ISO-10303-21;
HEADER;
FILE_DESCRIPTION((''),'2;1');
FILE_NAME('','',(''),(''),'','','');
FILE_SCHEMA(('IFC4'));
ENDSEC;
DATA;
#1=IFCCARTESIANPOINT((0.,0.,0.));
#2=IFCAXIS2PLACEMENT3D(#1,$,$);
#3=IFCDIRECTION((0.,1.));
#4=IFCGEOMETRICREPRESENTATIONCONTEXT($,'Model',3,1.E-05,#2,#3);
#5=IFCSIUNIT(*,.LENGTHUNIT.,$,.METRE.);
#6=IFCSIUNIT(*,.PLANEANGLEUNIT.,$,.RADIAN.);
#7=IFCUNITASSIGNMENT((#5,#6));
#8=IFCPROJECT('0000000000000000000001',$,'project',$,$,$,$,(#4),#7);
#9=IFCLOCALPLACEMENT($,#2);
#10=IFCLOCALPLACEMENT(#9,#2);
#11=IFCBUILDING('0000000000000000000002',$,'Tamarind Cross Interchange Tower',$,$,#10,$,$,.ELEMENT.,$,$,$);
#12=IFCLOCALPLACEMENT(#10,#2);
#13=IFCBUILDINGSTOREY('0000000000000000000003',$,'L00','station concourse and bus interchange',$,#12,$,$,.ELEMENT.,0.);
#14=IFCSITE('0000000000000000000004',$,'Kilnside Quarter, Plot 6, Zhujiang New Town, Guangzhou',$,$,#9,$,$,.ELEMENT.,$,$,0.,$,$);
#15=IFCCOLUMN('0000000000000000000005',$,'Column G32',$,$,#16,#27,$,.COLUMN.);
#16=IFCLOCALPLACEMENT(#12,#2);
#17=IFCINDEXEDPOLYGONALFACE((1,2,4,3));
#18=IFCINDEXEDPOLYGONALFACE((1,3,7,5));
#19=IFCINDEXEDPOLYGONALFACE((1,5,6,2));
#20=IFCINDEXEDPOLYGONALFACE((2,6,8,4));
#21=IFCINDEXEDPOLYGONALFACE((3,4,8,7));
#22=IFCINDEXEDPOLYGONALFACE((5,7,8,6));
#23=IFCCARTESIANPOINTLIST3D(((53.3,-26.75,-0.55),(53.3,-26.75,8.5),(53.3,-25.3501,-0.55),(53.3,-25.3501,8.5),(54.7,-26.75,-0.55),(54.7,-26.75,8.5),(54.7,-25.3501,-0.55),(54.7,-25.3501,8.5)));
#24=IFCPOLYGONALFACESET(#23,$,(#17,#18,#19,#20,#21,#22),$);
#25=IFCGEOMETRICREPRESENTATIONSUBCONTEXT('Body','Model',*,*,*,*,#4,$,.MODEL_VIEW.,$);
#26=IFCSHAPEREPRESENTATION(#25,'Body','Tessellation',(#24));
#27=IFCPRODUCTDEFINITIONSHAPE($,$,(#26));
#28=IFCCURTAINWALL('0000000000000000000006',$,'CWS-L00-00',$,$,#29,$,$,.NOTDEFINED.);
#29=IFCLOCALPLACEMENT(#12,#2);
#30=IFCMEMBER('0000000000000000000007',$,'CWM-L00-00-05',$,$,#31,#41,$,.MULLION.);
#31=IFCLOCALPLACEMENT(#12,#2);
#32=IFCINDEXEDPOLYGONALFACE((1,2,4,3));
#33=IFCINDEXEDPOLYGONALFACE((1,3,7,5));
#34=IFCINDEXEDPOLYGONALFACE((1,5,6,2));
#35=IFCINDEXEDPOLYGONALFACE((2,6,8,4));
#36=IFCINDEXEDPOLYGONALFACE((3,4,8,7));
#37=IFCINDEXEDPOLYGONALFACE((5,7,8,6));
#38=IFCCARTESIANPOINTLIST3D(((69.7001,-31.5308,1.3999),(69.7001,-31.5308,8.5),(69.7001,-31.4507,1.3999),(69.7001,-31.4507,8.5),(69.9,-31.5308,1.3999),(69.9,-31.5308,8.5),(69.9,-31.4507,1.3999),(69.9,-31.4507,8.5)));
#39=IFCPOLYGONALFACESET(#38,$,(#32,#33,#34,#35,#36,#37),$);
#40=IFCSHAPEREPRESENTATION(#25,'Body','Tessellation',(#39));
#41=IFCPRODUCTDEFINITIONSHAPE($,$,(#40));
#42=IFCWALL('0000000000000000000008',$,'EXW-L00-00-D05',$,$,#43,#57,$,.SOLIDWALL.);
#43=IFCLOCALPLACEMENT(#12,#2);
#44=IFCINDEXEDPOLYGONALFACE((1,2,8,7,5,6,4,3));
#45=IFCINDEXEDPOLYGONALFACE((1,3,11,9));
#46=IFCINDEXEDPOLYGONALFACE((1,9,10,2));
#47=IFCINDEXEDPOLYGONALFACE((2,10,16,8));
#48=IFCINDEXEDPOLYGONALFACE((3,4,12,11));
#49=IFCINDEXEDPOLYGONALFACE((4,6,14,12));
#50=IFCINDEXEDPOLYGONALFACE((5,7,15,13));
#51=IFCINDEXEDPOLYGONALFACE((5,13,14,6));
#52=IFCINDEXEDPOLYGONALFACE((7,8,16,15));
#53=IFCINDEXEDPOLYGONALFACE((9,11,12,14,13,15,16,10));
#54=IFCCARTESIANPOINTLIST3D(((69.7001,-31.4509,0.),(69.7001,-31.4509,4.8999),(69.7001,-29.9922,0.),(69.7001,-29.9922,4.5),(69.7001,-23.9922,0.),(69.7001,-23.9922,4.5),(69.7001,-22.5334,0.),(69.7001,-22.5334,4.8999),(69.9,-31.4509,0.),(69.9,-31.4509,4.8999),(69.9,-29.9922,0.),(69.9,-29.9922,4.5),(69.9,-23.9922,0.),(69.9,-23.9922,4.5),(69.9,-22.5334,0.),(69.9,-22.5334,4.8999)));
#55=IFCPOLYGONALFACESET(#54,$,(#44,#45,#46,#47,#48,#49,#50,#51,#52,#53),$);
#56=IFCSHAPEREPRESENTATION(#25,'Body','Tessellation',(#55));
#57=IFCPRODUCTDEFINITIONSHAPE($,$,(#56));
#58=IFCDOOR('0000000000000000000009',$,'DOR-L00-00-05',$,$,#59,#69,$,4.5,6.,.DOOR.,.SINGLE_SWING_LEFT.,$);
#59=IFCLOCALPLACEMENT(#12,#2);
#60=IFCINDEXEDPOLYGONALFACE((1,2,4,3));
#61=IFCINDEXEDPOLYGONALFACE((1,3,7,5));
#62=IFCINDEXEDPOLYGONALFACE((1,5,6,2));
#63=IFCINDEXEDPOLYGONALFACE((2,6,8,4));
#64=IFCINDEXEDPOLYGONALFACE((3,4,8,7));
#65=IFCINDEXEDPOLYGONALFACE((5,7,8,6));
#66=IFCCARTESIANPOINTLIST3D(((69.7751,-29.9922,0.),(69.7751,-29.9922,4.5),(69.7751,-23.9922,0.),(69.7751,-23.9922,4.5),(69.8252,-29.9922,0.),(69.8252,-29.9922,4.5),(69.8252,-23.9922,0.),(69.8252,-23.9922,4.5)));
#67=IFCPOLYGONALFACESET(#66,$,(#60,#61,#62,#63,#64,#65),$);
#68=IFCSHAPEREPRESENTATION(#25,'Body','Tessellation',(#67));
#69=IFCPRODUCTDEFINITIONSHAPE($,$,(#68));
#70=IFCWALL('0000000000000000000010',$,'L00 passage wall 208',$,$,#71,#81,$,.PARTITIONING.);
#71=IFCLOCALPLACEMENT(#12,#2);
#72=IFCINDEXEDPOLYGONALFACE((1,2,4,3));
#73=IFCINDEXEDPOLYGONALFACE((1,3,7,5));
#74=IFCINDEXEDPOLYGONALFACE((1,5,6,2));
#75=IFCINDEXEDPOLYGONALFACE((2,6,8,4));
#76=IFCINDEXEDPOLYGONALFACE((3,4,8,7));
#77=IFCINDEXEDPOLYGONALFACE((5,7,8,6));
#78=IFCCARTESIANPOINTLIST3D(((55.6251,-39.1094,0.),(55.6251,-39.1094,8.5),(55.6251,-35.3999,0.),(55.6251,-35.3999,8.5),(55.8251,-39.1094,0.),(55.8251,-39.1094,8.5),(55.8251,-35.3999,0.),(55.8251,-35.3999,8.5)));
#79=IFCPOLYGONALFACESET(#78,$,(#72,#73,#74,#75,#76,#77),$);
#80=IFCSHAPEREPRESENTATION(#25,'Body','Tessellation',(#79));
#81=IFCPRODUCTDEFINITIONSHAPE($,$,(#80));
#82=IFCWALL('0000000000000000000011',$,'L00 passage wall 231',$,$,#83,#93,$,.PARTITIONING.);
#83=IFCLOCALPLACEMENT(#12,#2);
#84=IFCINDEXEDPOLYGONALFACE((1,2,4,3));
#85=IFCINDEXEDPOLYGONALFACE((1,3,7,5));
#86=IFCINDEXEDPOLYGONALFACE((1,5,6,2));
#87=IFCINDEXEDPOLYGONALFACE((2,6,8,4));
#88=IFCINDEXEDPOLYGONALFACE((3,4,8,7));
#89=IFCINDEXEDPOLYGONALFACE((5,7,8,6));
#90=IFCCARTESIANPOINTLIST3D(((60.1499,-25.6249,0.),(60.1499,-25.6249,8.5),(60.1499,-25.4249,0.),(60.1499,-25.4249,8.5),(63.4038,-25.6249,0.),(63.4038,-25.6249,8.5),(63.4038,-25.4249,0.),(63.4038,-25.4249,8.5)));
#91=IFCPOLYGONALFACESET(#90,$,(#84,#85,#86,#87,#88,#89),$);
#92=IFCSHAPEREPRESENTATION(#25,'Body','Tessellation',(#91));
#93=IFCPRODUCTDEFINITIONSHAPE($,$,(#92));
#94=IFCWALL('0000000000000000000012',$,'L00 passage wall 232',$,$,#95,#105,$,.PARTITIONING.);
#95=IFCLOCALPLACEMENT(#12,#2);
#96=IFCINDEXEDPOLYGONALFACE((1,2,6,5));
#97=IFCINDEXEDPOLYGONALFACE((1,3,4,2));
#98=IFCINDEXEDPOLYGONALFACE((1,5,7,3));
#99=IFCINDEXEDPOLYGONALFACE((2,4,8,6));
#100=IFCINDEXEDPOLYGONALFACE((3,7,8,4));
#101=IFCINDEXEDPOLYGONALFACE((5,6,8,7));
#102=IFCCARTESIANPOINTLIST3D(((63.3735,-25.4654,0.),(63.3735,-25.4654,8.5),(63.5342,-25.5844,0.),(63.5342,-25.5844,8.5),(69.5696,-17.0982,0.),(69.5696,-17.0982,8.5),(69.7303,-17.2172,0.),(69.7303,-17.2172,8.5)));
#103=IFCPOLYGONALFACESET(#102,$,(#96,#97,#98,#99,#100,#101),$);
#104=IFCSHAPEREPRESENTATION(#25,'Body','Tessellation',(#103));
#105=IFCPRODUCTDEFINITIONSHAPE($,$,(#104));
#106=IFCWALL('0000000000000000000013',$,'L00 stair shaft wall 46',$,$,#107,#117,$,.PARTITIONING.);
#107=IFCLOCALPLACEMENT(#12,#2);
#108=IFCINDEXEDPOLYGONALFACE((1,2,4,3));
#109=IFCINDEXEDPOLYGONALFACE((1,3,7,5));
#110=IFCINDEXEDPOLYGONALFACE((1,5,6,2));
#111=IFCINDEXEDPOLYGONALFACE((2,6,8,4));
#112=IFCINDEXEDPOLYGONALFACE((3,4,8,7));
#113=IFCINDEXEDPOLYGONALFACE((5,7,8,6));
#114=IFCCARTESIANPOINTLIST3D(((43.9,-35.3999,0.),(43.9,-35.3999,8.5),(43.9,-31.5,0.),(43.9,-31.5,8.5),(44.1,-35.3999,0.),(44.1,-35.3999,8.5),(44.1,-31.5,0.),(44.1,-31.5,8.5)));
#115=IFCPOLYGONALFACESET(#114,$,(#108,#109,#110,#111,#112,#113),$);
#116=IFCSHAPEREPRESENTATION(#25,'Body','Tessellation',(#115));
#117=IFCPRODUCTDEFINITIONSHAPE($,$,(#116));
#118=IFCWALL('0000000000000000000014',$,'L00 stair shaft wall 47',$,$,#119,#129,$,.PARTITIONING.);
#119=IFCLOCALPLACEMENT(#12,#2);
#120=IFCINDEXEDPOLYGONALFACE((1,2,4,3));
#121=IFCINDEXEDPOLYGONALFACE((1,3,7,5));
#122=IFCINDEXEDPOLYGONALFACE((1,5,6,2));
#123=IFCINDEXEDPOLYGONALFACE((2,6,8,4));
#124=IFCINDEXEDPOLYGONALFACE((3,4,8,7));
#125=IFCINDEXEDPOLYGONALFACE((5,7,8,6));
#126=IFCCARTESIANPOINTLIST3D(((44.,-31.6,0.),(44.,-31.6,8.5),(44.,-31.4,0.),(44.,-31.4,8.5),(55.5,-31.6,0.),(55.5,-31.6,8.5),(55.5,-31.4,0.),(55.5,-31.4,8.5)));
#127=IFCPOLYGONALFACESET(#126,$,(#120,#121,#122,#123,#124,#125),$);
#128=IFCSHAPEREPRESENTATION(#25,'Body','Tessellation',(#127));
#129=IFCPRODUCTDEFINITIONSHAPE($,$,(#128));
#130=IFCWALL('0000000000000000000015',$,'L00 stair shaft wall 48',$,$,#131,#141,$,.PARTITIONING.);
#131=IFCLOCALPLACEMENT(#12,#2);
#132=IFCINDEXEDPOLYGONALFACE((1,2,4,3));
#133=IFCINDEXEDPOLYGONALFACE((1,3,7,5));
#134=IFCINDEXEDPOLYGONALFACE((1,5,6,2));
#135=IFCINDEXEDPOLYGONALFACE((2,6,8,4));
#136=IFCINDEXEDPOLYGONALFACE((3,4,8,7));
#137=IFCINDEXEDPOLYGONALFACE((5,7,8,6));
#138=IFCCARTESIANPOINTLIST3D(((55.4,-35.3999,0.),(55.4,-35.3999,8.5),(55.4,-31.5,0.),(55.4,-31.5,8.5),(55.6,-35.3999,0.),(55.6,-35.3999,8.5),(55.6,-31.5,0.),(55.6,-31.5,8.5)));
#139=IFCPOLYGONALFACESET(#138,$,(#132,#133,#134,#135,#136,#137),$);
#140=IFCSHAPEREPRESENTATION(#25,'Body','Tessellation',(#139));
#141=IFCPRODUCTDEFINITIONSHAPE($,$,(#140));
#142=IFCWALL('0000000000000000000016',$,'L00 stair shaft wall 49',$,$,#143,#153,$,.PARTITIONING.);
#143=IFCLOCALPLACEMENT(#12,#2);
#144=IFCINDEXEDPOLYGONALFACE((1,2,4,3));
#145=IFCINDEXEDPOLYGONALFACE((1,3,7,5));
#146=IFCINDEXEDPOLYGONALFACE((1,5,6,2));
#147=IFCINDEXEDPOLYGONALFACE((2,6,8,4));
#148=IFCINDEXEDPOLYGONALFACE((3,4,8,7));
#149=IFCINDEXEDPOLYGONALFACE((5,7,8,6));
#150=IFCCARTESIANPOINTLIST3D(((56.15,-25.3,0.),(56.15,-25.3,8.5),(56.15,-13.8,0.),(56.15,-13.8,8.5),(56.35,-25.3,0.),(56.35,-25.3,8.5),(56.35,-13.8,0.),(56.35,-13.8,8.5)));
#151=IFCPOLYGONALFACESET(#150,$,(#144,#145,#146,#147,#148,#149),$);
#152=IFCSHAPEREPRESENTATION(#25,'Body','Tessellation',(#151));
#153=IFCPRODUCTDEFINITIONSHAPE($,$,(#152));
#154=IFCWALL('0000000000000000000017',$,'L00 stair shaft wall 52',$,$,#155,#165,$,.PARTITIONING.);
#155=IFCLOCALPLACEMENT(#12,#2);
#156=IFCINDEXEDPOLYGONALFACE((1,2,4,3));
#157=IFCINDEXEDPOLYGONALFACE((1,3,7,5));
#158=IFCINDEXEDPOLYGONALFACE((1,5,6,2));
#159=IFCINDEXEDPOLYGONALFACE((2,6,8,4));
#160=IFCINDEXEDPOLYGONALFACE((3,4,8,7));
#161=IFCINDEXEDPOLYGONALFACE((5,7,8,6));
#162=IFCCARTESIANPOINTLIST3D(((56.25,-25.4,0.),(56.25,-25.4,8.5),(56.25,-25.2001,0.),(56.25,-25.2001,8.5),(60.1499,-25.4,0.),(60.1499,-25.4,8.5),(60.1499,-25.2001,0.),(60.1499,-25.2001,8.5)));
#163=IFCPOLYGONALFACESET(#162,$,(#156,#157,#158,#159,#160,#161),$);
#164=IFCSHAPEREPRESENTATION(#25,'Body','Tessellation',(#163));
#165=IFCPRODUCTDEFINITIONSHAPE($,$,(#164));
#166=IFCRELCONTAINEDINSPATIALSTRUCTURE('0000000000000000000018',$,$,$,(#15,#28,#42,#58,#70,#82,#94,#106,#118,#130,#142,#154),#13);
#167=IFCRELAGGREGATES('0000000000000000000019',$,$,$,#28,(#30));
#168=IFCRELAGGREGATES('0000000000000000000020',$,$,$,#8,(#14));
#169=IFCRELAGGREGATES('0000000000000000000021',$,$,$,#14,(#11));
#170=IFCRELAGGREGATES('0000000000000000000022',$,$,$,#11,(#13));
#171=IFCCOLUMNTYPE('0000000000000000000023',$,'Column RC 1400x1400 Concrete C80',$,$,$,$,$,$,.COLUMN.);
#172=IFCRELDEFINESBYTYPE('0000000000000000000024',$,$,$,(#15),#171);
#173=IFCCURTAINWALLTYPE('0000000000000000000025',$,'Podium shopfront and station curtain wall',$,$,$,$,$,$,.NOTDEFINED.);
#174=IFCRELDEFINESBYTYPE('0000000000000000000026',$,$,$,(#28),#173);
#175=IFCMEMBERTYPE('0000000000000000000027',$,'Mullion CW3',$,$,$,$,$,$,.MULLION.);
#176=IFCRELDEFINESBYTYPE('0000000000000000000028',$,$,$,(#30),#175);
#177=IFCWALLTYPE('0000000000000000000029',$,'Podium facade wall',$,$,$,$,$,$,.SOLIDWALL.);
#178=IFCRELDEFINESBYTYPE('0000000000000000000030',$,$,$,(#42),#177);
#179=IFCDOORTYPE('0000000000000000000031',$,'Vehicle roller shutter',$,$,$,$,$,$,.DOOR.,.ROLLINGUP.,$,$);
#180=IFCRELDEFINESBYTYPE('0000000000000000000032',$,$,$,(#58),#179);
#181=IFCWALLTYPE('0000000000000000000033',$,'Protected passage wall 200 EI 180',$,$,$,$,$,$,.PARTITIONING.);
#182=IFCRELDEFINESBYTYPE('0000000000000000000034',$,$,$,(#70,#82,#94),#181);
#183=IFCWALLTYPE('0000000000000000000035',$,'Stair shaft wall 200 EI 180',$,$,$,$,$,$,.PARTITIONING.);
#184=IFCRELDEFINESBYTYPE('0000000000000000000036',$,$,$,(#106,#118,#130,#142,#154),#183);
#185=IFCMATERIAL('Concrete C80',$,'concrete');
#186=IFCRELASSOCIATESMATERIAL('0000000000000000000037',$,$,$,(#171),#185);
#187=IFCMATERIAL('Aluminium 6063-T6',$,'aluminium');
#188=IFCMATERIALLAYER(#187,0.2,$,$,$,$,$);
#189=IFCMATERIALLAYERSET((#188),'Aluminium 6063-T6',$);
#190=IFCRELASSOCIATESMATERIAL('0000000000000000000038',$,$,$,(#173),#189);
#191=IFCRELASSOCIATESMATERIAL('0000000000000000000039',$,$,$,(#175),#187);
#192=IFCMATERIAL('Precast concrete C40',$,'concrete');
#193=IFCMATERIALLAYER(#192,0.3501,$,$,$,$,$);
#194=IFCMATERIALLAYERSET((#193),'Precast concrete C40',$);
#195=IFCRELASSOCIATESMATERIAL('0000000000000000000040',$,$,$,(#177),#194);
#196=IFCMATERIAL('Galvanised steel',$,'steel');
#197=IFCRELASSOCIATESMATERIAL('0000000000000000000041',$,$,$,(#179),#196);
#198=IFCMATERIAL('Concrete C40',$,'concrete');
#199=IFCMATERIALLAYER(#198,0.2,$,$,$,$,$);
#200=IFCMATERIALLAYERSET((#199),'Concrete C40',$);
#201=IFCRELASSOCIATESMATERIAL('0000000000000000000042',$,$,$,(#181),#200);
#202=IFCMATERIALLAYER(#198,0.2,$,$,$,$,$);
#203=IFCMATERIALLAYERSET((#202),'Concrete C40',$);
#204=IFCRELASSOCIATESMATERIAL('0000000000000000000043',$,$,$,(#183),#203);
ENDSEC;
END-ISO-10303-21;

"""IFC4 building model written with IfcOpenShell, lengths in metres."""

from ifc_helpers import new_model, si_unit, direction, frame, frame_2d, origin, origin_2d, place, context, subcontext, project, spatial, rectangle, extrude, material, layer, layer_set, material_profile, profile_set, type_object, element, fill, aggregate, save


model = new_model("IFC4")

# Units and contexts
model_context = context("Model", 3, precision=1e-05, world=origin(), true_north=direction((0.0, 1.0)))
body_context = subcontext(model_context, "Body", "Model", "MODEL_VIEW")
ifc_project = project(units=[si_unit("LENGTHUNIT", "METRE"), si_unit("PLANEANGLEUNIT", "RADIAN")], contexts=[model_context])

# Site, building, storey
site_placement = place(None, origin())
site = spatial("IfcSite", under=ifc_project, at=site_placement, Name="Kilnside Quarter, Plot 6, Zhujiang New Town, Guangzhou", CompositionType="ELEMENT", RefElevation=0.0)
building_placement = place(site_placement, origin())
building = spatial("IfcBuilding", under=site, at=building_placement, Name="Tamarind Cross Interchange Tower", CompositionType="ELEMENT")
storey_placement = place(building_placement, origin())
storey = spatial("IfcBuildingStorey", under=building, at=storey_placement, Name="L00", Description="station concourse and bus interchange", CompositionType="ELEMENT", Elevation=0.0)

# Column
ifc_material_1 = material(Name="Concrete C80", Category="concrete")
ifc_material_profile_1 = material_profile(ifc_material_1, rectangle(XDim=1.3999, YDim=1.3999, at=origin_2d()), Name="RC 1400x1400")
ifc_profile_set_1 = profile_set([ifc_material_profile_1], Name="Concrete C80")
column_type = type_object("IfcColumnType", Name="Column RC 1400x1400 Concrete C80", PredefinedType="COLUMN", material=ifc_profile_set_1)
column_placement = place(storey_placement, frame((54.0, -26.05, -0.55), z_axis=(0.0, 0.0, 1.0), x_axis=(1.0, 0.0, 0.0)))
element("IfcColumn", 1, at=column_placement, inside=storey, type_object=column_type, Name="Column G32", PredefinedType="COLUMN", context=body_context, shape_type="SweptSolid", body=[
    extrude(rectangle(XDim=1.3999, YDim=1.3999, at=origin_2d()), origin(), (0.0, 0.0, 1.0), 9.05),
])

# Curtain wall, member
ifc_material_2 = material(Name="Aluminium 6063-T6", Category="aluminium")
ifc_layer_1 = layer(ifc_material_2, 0.2)
ifc_layer_set_1 = layer_set([ifc_layer_1], Name="Aluminium 6063-T6")
curtain_wall_type = type_object("IfcCurtainWallType", Name="Podium shopfront and station curtain wall", PredefinedType="NOTDEFINED", material=ifc_layer_set_1)
curtain_wall_placement = place(storey_placement, origin())
curtain_wall = element("IfcCurtainWall", 2, at=curtain_wall_placement, inside=storey, type_object=curtain_wall_type, Name="CWS-L00-00", PredefinedType="NOTDEFINED")
ifc_material_profile_2 = material_profile(ifc_material_2, rectangle(XDim=0.0801, YDim=0.2, at=origin_2d()), Name="Mullion CW3")
ifc_profile_set_2 = profile_set([ifc_material_profile_2], Name="Aluminium 6063-T6")
member_type = type_object("IfcMemberType", Name="Mullion CW3", PredefinedType="MULLION", material=ifc_profile_set_2)
member_placement = place(storey_placement, frame((69.8, -31.4907, 1.3999), z_axis=(0.0, 0.0, 1.0), x_axis=(0.0, 1.0, 0.0)))
member = element("IfcMember", 3, at=member_placement, type_object=member_type, Name="CWM-L00-00-05", PredefinedType="MULLION", context=body_context, shape_type="SweptSolid", body=[
    extrude(rectangle(XDim=0.0801, YDim=0.2, at=origin_2d()), origin(), (0.0, 0.0, 1.0), 7.1001),
])
aggregate(curtain_wall, [member])

# Wall, opening, door
ifc_material_3 = material(Name="Precast concrete C40", Category="concrete")
ifc_layer_2 = layer(ifc_material_3, 0.3501)
ifc_layer_set_2 = layer_set([ifc_layer_2], Name="Precast concrete C40")
wall_type_1 = type_object("IfcWallType", Name="Podium facade wall", PredefinedType="SOLIDWALL", material=ifc_layer_set_2)
wall_1_placement = place(storey_placement, frame((69.8, -31.4509, 0.0), z_axis=(0.0, 0.0, 1.0), x_axis=(0.0, 1.0, 0.0)))
wall_1 = element("IfcWall", 4, at=wall_1_placement, inside=storey, type_object=wall_type_1, Name="EXW-L00-00-D05", PredefinedType="SOLIDWALL", context=body_context, shape_type="SweptSolid", body=[
    extrude(rectangle(XDim=8.9175, YDim=0.2, at=frame_2d((4.4587, 0.0))), origin(), (0.0, 0.0, 1.0), 4.8999),
])
opening_placement = place(wall_1_placement, frame((1.4587, 0.0, 0.0)))
opening = element("IfcOpeningElement", 5, at=opening_placement, cuts=wall_1, PredefinedType="OPENING", context=body_context, shape_type="SweptSolid", body=[
    extrude(rectangle(XDim=6.0, YDim=4.5, at=frame_2d((3.0, 2.25))), frame((0.0, 0.1099, 0.0), z_axis=(0.0, -1.0, 0.0), x_axis=(1.0, 0.0, 0.0)), (0.0, 0.0, 1.0), 0.22),
])
ifc_material_4 = material(Name="Galvanised steel", Category="steel")
door_type = type_object("IfcDoorType", Name="Vehicle roller shutter", OperationType="ROLLINGUP", PredefinedType="DOOR", material=ifc_material_4)
door_placement = place(opening_placement, origin())
door = element("IfcDoor", 6, at=door_placement, inside=storey, type_object=door_type, Name="DOR-L00-00-05", OperationType="SINGLE_SWING_LEFT", OverallHeight=4.5, OverallWidth=6.0, PredefinedType="DOOR", context=body_context, shape_type="SweptSolid", body=[
    extrude(rectangle(XDim=6.0, YDim=4.5, at=frame_2d((3.0, 2.25))), frame((0.0, 0.0249, 0.0), z_axis=(0.0, -1.0, 0.0), x_axis=(1.0, 0.0, 0.0)), (0.0, 0.0, 1.0), 0.05),
])
fill(opening, door)

# Walls
ifc_material_5 = material(Name="Concrete C40", Category="concrete")
ifc_layer_3 = layer(ifc_material_5, 0.2)
ifc_layer_set_3 = layer_set([ifc_layer_3], Name="Concrete C40")
wall_type_2 = type_object("IfcWallType", Name="Protected passage wall 200 EI 180", PredefinedType="PARTITIONING", material=ifc_layer_set_3)
wall_2_placement = place(storey_placement, frame((55.7251, -35.3999, 0.0), z_axis=(0.0, 0.0, 1.0), x_axis=(0.0, -1.0, 0.0)))
element("IfcWall", 7, at=wall_2_placement, inside=storey, type_object=wall_type_2, Name="L00 passage wall 208", PredefinedType="PARTITIONING", context=body_context, shape_type="SweptSolid", body=[
    extrude(rectangle(XDim=3.7095, YDim=0.2, at=frame_2d((1.8547, 0.0))), origin(), (0.0, 0.0, 1.0), 8.5),
])
wall_3_placement = place(storey_placement, frame((60.1499, -25.5249, 0.0), z_axis=(0.0, 0.0, 1.0), x_axis=(1.0, 0.0, 0.0)))
element("IfcWall", 8, at=wall_3_placement, inside=storey, type_object=wall_type_2, Name="L00 passage wall 231", PredefinedType="PARTITIONING", context=body_context, shape_type="SweptSolid", body=[
    extrude(rectangle(XDim=3.2539, YDim=0.2, at=frame_2d((1.627, 0.0))), origin(), (0.0, 0.0, 1.0), 8.5),
])
wall_4_placement = place(storey_placement, frame((63.4539, -25.5249, 0.0), z_axis=(0.0, 0.0, 1.0), x_axis=(0.595111, 0.803643, 0.0)))
element("IfcWall", 9, at=wall_4_placement, inside=storey, type_object=wall_type_2, Name="L00 passage wall 232", PredefinedType="PARTITIONING", context=body_context, shape_type="SweptSolid", body=[
    extrude(rectangle(XDim=10.4116, YDim=0.2, at=frame_2d((5.2058, 0.0))), origin(), (0.0, 0.0, 1.0), 8.5),
])
ifc_layer_4 = layer(ifc_material_5, 0.2)
ifc_layer_set_4 = layer_set([ifc_layer_4], Name="Concrete C40")
wall_type_3 = type_object("IfcWallType", Name="Stair shaft wall 200 EI 180", PredefinedType="PARTITIONING", material=ifc_layer_set_4)
wall_5_placement = place(storey_placement, frame((44.0, -35.3999, 0.0), z_axis=(0.0, 0.0, 1.0), x_axis=(0.0, 1.0, 0.0)))
element("IfcWall", 10, at=wall_5_placement, inside=storey, type_object=wall_type_3, Name="L00 stair shaft wall 46", PredefinedType="PARTITIONING", context=body_context, shape_type="SweptSolid", body=[
    extrude(rectangle(XDim=3.8999, YDim=0.2, at=frame_2d((1.95, 0.0))), origin(), (0.0, 0.0, 1.0), 8.5),
])
wall_6_placement = place(storey_placement, frame((44.0, -31.5, 0.0), z_axis=(0.0, 0.0, 1.0), x_axis=(1.0, 0.0, 0.0)))
element("IfcWall", 11, at=wall_6_placement, inside=storey, type_object=wall_type_3, Name="L00 stair shaft wall 47", PredefinedType="PARTITIONING", context=body_context, shape_type="SweptSolid", body=[
    extrude(rectangle(XDim=11.5, YDim=0.2, at=frame_2d((5.75, 0.0))), origin(), (0.0, 0.0, 1.0), 8.5),
])
wall_7_placement = place(storey_placement, frame((55.5, -35.3999, 0.0), z_axis=(0.0, 0.0, 1.0), x_axis=(0.0, 1.0, 0.0)))
element("IfcWall", 12, at=wall_7_placement, inside=storey, type_object=wall_type_3, Name="L00 stair shaft wall 48", PredefinedType="PARTITIONING", context=body_context, shape_type="SweptSolid", body=[
    extrude(rectangle(XDim=3.8999, YDim=0.2, at=frame_2d((1.95, 0.0))), origin(), (0.0, 0.0, 1.0), 8.5),
])
wall_8_placement = place(storey_placement, frame((56.25, -25.3, 0.0), z_axis=(0.0, 0.0, 1.0), x_axis=(0.0, 1.0, 0.0)))
element("IfcWall", 13, at=wall_8_placement, inside=storey, type_object=wall_type_3, Name="L00 stair shaft wall 49", PredefinedType="PARTITIONING", context=body_context, shape_type="SweptSolid", body=[
    extrude(rectangle(XDim=11.5, YDim=0.2, at=frame_2d((5.75, 0.0))), origin(), (0.0, 0.0, 1.0), 8.5),
])
wall_9_placement = place(storey_placement, frame((56.25, -25.3, 0.0), z_axis=(0.0, 0.0, 1.0), x_axis=(1.0, 0.0, 0.0)))
element("IfcWall", 14, at=wall_9_placement, inside=storey, type_object=wall_type_3, Name="L00 stair shaft wall 52", PredefinedType="PARTITIONING", context=body_context, shape_type="SweptSolid", body=[
    extrude(rectangle(XDim=3.8999, YDim=0.2, at=frame_2d((1.95, 0.0))), origin(), (0.0, 0.0, 1.0), 8.5),
])

save(model, "model.ifc")
